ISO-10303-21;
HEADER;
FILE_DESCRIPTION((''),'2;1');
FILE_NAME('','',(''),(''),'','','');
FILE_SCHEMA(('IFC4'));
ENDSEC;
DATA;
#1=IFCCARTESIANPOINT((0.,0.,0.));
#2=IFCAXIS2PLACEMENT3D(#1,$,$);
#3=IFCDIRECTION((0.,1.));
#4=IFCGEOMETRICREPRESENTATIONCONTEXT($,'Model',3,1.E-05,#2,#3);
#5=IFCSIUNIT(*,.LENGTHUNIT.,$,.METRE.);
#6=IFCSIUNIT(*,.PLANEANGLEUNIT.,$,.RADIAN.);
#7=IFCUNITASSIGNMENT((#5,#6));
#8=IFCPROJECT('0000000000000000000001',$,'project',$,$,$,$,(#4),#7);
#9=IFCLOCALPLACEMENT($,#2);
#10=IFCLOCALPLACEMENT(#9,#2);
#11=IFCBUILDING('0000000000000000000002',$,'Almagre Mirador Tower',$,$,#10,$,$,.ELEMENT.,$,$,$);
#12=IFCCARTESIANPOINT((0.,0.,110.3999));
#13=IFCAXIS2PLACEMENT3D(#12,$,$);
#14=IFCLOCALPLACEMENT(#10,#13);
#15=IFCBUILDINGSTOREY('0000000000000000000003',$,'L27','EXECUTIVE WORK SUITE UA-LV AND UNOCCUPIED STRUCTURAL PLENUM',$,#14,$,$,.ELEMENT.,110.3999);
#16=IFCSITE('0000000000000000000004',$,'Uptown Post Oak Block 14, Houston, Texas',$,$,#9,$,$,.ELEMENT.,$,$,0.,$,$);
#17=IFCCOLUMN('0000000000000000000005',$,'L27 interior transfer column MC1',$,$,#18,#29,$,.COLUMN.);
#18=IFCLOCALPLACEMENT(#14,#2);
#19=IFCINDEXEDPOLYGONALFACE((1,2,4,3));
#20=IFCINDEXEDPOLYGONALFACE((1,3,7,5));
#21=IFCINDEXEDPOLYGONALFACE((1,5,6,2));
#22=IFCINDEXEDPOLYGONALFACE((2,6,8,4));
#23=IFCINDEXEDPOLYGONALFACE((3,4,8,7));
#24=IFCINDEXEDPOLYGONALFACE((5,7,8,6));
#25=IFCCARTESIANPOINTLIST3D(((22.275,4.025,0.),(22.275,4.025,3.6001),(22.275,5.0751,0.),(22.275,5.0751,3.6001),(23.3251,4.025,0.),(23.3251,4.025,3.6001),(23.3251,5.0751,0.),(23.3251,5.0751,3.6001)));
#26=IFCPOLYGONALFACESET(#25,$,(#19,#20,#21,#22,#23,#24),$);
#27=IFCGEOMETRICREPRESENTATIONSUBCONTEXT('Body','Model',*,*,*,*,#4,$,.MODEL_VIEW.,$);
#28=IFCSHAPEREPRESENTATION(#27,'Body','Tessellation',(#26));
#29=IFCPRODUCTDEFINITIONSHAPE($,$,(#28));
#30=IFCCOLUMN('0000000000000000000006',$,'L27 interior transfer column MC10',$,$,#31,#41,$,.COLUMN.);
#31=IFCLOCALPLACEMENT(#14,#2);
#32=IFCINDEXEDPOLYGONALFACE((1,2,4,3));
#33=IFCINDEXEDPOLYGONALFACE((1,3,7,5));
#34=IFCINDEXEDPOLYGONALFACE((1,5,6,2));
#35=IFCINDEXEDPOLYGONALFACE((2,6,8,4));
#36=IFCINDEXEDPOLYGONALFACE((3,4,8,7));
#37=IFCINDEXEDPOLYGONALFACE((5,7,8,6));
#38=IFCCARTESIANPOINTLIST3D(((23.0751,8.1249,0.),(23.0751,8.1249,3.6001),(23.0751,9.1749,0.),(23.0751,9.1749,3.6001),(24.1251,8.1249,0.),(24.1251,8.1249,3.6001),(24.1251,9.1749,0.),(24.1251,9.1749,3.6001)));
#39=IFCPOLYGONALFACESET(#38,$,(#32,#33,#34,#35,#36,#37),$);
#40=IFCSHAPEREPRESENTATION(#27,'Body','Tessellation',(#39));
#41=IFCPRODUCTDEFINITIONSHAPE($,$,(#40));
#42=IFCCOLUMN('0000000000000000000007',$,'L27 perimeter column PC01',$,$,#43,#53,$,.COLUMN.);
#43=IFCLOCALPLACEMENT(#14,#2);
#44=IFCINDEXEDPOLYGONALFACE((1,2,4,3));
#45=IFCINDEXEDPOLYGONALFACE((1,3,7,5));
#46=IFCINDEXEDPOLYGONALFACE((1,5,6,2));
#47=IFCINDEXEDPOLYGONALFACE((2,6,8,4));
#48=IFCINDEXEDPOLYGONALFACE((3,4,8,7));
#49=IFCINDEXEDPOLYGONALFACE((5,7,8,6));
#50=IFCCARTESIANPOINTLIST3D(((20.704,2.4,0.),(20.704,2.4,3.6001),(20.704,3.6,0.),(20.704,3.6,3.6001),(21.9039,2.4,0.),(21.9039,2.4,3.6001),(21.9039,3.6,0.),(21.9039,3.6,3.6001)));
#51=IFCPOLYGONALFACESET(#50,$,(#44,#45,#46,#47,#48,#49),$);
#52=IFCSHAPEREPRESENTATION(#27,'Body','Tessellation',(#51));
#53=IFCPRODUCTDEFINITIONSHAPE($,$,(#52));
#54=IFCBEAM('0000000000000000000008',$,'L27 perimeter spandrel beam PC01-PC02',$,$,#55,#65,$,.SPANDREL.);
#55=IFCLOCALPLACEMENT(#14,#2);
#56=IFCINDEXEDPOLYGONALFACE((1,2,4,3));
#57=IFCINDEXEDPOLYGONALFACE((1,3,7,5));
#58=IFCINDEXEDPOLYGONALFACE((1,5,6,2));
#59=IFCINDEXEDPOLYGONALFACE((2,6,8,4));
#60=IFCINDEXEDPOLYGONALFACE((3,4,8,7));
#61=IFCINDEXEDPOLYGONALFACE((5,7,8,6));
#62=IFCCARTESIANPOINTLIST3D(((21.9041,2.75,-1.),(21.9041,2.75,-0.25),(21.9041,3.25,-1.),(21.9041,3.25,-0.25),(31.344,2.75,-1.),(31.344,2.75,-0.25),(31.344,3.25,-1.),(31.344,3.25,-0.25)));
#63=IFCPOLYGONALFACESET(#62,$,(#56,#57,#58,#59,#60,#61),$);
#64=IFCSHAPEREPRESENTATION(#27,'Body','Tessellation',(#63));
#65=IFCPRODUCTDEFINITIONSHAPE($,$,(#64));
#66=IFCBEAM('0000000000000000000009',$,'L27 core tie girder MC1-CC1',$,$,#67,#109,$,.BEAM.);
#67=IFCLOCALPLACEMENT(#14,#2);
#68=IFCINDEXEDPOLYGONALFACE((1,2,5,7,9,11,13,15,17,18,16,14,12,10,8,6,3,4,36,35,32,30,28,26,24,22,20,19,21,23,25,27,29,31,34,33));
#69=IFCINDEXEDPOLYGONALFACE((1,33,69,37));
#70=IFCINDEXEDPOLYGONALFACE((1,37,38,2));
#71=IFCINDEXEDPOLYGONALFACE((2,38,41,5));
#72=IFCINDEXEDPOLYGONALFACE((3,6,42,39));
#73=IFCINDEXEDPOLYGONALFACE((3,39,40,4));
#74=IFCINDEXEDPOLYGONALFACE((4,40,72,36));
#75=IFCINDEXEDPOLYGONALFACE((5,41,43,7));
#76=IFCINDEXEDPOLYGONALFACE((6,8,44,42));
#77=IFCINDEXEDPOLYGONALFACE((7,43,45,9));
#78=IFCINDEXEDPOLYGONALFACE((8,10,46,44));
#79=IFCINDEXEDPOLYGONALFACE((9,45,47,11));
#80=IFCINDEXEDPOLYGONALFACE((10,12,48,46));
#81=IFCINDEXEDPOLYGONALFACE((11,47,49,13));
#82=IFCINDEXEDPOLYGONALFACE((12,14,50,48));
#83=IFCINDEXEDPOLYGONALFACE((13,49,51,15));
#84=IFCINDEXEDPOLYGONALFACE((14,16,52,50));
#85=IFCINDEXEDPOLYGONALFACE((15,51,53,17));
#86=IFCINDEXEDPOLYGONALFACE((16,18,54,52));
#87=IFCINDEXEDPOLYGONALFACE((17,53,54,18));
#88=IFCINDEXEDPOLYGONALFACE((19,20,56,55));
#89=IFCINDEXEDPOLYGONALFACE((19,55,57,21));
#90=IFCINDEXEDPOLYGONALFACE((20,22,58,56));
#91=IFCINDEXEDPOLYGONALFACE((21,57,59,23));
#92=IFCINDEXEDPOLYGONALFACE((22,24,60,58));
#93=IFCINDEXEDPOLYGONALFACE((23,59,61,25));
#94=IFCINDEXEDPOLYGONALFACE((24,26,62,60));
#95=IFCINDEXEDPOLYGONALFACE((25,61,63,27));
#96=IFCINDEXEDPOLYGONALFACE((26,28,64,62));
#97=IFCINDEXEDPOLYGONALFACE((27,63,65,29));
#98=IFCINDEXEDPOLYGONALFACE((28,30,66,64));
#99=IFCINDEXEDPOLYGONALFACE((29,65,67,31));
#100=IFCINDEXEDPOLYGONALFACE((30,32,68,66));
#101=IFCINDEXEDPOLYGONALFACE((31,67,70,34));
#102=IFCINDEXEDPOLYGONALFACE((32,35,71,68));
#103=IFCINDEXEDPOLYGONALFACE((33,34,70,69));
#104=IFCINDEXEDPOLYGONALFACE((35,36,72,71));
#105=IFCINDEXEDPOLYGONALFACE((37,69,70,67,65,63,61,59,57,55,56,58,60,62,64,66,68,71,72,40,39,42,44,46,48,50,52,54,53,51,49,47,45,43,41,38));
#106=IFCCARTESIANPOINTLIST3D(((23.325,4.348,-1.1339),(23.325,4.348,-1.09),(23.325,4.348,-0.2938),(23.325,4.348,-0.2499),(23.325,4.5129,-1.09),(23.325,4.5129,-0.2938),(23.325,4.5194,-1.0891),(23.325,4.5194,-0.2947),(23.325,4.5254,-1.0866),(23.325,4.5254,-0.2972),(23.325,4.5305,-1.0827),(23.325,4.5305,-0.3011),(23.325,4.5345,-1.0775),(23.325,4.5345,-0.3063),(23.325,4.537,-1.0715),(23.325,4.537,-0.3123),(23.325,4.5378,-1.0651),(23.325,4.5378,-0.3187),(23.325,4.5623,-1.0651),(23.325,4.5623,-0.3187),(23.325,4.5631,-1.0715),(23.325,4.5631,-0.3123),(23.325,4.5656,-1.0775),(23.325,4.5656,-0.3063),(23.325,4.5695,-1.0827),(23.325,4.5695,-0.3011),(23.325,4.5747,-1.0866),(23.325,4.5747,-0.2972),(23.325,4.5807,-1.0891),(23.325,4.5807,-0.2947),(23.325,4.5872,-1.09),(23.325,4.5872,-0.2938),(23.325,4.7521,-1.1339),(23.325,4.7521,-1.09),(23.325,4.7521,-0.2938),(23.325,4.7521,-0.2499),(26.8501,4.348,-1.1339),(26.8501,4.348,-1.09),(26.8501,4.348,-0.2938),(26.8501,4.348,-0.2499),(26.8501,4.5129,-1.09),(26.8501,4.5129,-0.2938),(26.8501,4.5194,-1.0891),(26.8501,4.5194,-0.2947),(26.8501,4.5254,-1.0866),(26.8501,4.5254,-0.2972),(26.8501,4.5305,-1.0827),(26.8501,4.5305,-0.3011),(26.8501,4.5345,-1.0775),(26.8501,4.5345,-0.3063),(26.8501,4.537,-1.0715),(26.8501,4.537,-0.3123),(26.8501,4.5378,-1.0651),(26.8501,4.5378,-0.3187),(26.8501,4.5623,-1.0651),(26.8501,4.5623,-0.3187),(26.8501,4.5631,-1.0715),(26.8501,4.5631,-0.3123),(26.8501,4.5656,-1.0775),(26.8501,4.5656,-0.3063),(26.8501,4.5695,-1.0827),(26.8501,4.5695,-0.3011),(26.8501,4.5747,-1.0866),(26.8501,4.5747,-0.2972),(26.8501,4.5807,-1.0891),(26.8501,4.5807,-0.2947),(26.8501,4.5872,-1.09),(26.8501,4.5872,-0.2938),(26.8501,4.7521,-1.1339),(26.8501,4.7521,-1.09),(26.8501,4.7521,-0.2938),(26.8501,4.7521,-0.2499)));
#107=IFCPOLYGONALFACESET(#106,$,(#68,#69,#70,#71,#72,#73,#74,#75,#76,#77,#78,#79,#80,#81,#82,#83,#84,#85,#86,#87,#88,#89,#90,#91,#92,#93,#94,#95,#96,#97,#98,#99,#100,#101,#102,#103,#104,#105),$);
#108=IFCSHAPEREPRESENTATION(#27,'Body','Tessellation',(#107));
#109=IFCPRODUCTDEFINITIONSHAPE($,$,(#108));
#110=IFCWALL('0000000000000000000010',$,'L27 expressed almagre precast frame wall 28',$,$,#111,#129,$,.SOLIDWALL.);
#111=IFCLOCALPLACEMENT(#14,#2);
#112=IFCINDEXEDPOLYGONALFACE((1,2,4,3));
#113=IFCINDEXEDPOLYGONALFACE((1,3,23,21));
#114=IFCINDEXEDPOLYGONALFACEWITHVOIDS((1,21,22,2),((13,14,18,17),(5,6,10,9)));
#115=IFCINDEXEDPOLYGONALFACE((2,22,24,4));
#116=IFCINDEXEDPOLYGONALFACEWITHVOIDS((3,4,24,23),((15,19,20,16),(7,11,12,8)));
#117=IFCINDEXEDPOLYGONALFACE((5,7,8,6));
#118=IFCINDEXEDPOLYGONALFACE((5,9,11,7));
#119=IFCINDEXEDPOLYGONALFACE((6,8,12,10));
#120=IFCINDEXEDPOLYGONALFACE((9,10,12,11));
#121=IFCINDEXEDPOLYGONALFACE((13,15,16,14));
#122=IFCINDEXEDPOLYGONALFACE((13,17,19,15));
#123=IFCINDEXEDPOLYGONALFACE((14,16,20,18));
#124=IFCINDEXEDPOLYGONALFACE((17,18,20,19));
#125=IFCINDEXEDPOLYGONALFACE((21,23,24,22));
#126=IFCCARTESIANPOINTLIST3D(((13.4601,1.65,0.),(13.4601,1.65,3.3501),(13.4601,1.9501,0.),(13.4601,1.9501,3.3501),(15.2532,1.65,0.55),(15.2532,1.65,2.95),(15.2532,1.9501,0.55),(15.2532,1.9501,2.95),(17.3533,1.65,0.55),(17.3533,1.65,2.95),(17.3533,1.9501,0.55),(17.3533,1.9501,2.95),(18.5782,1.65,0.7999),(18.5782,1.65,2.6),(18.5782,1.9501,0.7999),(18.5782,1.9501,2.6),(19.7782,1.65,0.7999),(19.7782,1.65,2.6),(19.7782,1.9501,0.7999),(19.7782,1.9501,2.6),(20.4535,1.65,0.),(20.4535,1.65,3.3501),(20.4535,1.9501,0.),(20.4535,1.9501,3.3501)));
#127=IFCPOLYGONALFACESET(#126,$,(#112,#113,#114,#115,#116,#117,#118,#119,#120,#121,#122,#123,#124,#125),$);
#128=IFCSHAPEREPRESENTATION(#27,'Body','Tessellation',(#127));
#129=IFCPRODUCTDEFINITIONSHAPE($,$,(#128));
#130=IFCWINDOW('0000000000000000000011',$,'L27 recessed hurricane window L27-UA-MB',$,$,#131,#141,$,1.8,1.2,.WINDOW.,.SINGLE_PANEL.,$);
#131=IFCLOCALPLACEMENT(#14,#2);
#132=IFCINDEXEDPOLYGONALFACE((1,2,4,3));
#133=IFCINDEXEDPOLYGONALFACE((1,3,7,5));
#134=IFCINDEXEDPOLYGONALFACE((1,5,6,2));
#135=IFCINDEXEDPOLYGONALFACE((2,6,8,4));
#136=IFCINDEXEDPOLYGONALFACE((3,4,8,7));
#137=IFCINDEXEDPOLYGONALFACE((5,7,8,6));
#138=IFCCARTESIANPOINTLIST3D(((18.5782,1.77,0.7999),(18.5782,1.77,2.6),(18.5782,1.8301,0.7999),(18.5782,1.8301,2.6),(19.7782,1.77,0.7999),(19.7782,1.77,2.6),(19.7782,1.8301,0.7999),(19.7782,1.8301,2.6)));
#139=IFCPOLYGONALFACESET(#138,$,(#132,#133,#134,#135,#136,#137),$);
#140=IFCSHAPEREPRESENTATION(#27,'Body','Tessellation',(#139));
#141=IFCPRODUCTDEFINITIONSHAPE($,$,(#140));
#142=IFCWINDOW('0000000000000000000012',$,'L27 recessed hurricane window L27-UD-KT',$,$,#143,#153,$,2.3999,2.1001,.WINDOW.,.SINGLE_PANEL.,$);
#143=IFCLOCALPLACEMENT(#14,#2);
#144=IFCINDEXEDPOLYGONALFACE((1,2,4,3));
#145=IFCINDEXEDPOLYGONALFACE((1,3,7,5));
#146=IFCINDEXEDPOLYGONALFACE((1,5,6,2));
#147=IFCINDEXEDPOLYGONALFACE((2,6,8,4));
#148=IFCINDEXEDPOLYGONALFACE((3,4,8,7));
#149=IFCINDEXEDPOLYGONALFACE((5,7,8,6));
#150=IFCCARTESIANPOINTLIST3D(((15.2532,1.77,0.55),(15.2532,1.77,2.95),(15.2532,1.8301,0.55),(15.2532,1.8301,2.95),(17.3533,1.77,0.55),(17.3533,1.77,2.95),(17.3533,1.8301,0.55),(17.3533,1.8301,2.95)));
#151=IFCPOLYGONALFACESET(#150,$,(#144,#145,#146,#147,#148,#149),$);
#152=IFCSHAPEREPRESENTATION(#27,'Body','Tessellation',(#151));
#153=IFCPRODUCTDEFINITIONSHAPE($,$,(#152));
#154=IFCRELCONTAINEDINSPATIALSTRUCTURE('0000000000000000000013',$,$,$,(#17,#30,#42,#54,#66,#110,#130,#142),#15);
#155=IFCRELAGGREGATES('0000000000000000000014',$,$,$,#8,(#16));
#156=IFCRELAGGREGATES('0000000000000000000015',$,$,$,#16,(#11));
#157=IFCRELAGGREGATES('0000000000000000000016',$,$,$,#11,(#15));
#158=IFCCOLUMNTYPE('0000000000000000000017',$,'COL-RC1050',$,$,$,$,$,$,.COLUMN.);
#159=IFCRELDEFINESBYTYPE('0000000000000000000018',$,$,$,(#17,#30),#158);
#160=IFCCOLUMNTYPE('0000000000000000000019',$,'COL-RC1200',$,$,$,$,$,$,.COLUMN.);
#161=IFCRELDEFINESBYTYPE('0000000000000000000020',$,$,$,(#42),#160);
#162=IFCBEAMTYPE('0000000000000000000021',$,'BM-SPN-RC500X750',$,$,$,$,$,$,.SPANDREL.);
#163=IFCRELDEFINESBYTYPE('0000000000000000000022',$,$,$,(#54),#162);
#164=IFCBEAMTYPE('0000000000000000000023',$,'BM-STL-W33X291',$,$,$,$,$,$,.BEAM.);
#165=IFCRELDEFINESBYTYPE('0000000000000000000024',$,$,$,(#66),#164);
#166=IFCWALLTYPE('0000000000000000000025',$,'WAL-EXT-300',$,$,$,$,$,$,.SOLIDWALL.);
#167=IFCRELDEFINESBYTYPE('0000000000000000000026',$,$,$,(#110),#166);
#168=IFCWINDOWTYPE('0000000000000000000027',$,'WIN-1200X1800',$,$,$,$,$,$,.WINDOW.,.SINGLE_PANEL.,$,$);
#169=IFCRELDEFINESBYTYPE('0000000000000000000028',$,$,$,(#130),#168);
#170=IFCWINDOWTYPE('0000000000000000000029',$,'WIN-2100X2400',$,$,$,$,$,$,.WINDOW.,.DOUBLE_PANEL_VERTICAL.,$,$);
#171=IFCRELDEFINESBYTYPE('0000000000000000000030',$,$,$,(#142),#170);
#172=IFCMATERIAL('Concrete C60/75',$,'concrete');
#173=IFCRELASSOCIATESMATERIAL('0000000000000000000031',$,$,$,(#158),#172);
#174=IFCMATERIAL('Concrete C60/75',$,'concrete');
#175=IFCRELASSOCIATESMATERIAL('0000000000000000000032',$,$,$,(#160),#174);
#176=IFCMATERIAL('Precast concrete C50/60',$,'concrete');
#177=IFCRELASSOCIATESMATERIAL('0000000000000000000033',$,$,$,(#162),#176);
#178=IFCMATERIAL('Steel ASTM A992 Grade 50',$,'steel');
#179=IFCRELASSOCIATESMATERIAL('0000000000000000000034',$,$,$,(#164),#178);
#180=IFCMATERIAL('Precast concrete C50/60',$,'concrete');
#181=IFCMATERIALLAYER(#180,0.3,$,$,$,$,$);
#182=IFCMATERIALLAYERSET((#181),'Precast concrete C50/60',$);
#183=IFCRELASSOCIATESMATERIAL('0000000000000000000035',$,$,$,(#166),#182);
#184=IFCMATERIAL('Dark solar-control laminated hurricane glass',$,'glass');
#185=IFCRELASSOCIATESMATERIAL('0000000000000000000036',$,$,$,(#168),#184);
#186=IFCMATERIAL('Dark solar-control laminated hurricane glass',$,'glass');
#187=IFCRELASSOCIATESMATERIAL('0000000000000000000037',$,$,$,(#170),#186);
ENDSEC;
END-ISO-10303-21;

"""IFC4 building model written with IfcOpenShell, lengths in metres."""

from ifc_helpers import new_model, si_unit, direction, frame, frame_2d, origin, origin_2d, place, context, subcontext, project, spatial, rectangle, i_section, extrude, material, layer, layer_set, material_profile, profile_set, type_object, element, fill, save


model = new_model("IFC4")

# Units and contexts
model_context = context("Model", 3, precision=1e-05, world=origin(), true_north=direction((0.0, 1.0)))
body_context = subcontext(model_context, "Body", "Model", "MODEL_VIEW")
ifc_project = project(units=[si_unit("LENGTHUNIT", "METRE"), si_unit("PLANEANGLEUNIT", "RADIAN")], contexts=[model_context])

# Site, building, storey
site_placement = place(None, origin())
site = spatial("IfcSite", under=ifc_project, at=site_placement, Name="Uptown Post Oak Block 14, Houston, Texas", CompositionType="ELEMENT", RefElevation=0.0)
building_placement = place(site_placement, origin())
building = spatial("IfcBuilding", under=site, at=building_placement, Name="Almagre Mirador Tower", CompositionType="ELEMENT")
storey_placement = place(building_placement, frame((0.0, 0.0, 110.3999)))
storey = spatial("IfcBuildingStorey", under=building, at=storey_placement, Name="L27", Description="EXECUTIVE WORK SUITE UA-LV AND UNOCCUPIED STRUCTURAL PLENUM", CompositionType="ELEMENT", Elevation=110.3999)

# Columns
ifc_material_1 = material(Name="Concrete C60/75", Category="concrete")
ifc_material_profile_1 = material_profile(ifc_material_1, rectangle(XDim=1.05, YDim=1.05, at=origin_2d()), Name="RC1050X1050")
ifc_profile_set_1 = profile_set([ifc_material_profile_1], Name="Concrete C60/75")
column_type_1 = type_object("IfcColumnType", Name="COL-RC1050", PredefinedType="COLUMN", material=ifc_profile_set_1)
for number, where, z_axis, x_axis, name in (
    (1, (22.8, 4.55, 0.0), (0.0, 0.0, 1.0), (1.0, 0.0, 0.0), "L27 interior transfer column MC1"),
    (2, (23.6001, 8.6499, 0.0), (0.0, 0.0, 1.0), (1.0, 0.0, 0.0), "L27 interior transfer column MC10"),
):
    element("IfcColumn", number, at=place(storey_placement, frame(where, z_axis=z_axis, x_axis=x_axis)), inside=storey, type_object=column_type_1, Name=name, PredefinedType="COLUMN", context=body_context, shape_type="SweptSolid", body=[
        extrude(rectangle(XDim=1.05, YDim=1.05, at=origin_2d()), origin(), (0.0, 0.0, 1.0), 3.6001),
    ])
ifc_material_2 = material(Name="Concrete C60/75", Category="concrete")
ifc_material_profile_2 = material_profile(ifc_material_2, rectangle(XDim=1.2, YDim=1.2, at=origin_2d()), Name="RC1200X1200")
ifc_profile_set_2 = profile_set([ifc_material_profile_2], Name="Concrete C60/75")
column_type_2 = type_object("IfcColumnType", Name="COL-RC1200", PredefinedType="COLUMN", material=ifc_profile_set_2)
column_placement = place(storey_placement, frame((21.304, 3.0, 0.0), z_axis=(0.0, 0.0, 1.0), x_axis=(1.0, 0.0, 0.0)))
element("IfcColumn", 3, at=column_placement, inside=storey, type_object=column_type_2, Name="L27 perimeter column PC01", PredefinedType="COLUMN", context=body_context, shape_type="SweptSolid", body=[
    extrude(rectangle(XDim=1.2, YDim=1.2, at=origin_2d()), origin(), (0.0, 0.0, 1.0), 3.6001),
])

# Beams
ifc_material_3 = material(Name="Precast concrete C50/60", Category="concrete")
ifc_material_profile_3 = material_profile(ifc_material_3, rectangle(XDim=0.5, YDim=0.75, at=origin_2d()), Name="RC500X750")
ifc_profile_set_3 = profile_set([ifc_material_profile_3], Name="Precast concrete C50/60")
beam_type_1 = type_object("IfcBeamType", Name="BM-SPN-RC500X750", PredefinedType="SPANDREL", material=ifc_profile_set_3)
beam_1_placement = place(storey_placement, frame((21.9041, 3.0, -0.625), z_axis=(1.0, 0.0, 0.0), x_axis=(0.0, 1.0, 0.0)))
element("IfcBeam", 4, at=beam_1_placement, inside=storey, type_object=beam_type_1, Name="L27 perimeter spandrel beam PC01-PC02", PredefinedType="SPANDREL", context=body_context, shape_type="SweptSolid", body=[
    extrude(rectangle(XDim=0.5, YDim=0.75, at=origin_2d()), origin(), (0.0, 0.0, 1.0), 9.4399),
])
ifc_material_4 = material(Name="Steel ASTM A992 Grade 50", Category="steel")
ifc_material_profile_4 = material_profile(ifc_material_4, i_section(OverallWidth=0.4041, OverallDepth=0.884, WebThickness=0.0244, FlangeThickness=0.0439, FilletRadius=0.0249, at=origin_2d()), Name="W33X291")
ifc_profile_set_4 = profile_set([ifc_material_profile_4], Name="Steel ASTM A992 Grade 50")
beam_type_2 = type_object("IfcBeamType", Name="BM-STL-W33X291", PredefinedType="BEAM", material=ifc_profile_set_4)
beam_2_placement = place(storey_placement, frame((23.325, 4.55, -0.6919), z_axis=(1.0, 0.0, 0.0), x_axis=(0.0, 1.0, 0.0)))
element("IfcBeam", 5, at=beam_2_placement, inside=storey, type_object=beam_type_2, Name="L27 core tie girder MC1-CC1", PredefinedType="BEAM", context=body_context, shape_type="SweptSolid", body=[
    extrude(i_section(OverallWidth=0.4041, OverallDepth=0.884, WebThickness=0.0244, FlangeThickness=0.0439, FilletRadius=0.0249, at=origin_2d()), origin(), (0.0, 0.0, 1.0), 3.5251),
])

# Wall, openings, windows
ifc_material_5 = material(Name="Precast concrete C50/60", Category="concrete")
ifc_layer_1 = layer(ifc_material_5, 0.3)
ifc_layer_set_1 = layer_set([ifc_layer_1], Name="Precast concrete C50/60")
wall_type_1 = type_object("IfcWallType", Name="WAL-EXT-300", PredefinedType="SOLIDWALL", material=ifc_layer_set_1)
wall_1_placement = place(storey_placement, frame((20.4534, 1.8, 0.0), z_axis=(0.0, 0.0, 1.0), x_axis=(-1.0, 0.0, 0.0)))
wall_1 = element("IfcWall", 6, at=wall_1_placement, inside=storey, type_object=wall_type_1, Name="L27 expressed almagre precast frame wall 28", PredefinedType="SOLIDWALL", context=body_context, shape_type="SweptSolid", body=[
    extrude(rectangle(XDim=6.9934, YDim=0.3, at=frame_2d((3.4966, 0.0))), origin(), (0.0, 0.0, 1.0), 3.3501),
])
opening_1_placement = place(wall_1_placement, frame((0.675, 0.0, 0.8)))
opening_1 = element("IfcOpeningElement", 7, at=opening_1_placement, cuts=wall_1, PredefinedType="OPENING", context=body_context, shape_type="SweptSolid", body=[
    extrude(rectangle(XDim=1.2, YDim=1.8, at=frame_2d((0.6001, 0.8999))), frame((0.0, 0.1599, 0.0), z_axis=(0.0, -1.0, 0.0), x_axis=(1.0, 0.0, 0.0)), (0.0, 0.0, 1.0), 0.32),
])
opening_2_placement = place(wall_1_placement, frame((3.1001, 0.0, 0.55)))
opening_2 = element("IfcOpeningElement", 8, at=opening_2_placement, cuts=wall_1, PredefinedType="OPENING", context=body_context, shape_type="SweptSolid", body=[
    extrude(rectangle(XDim=2.1001, YDim=2.3999, at=frame_2d((1.05, 1.2))), frame((0.0, 0.1599, 0.0), z_axis=(0.0, -1.0, 0.0), x_axis=(1.0, 0.0, 0.0)), (0.0, 0.0, 1.0), 0.32),
])
ifc_material_6 = material(Name="Dark solar-control laminated hurricane glass", Category="glass")
window_type_1 = type_object("IfcWindowType", Name="WIN-1200X1800", PartitioningType="SINGLE_PANEL", PredefinedType="WINDOW", material=ifc_material_6)
window_1_placement = place(opening_1_placement, origin())
window_1 = element("IfcWindow", 9, at=window_1_placement, inside=storey, type_object=window_type_1, Name="L27 recessed hurricane window L27-UA-MB", OverallHeight=1.8, OverallWidth=1.2, PartitioningType="SINGLE_PANEL", PredefinedType="WINDOW", context=body_context, shape_type="SweptSolid", body=[
    extrude(rectangle(XDim=1.2, YDim=1.8, at=frame_2d((0.6001, 0.8999))), frame((0.0, 0.03, 0.0), z_axis=(0.0, -1.0, 0.0), x_axis=(1.0, 0.0, 0.0)), (0.0, 0.0, 1.0), 0.0601),
])
fill(opening_1, window_1)
ifc_material_7 = material(Name="Dark solar-control laminated hurricane glass", Category="glass")
window_type_2 = type_object("IfcWindowType", Name="WIN-2100X2400", PartitioningType="DOUBLE_PANEL_VERTICAL", PredefinedType="WINDOW", material=ifc_material_7)
window_2_placement = place(opening_2_placement, origin())
window_2 = element("IfcWindow", 10, at=window_2_placement, inside=storey, type_object=window_type_2, Name="L27 recessed hurricane window L27-UD-KT", OverallHeight=2.3999, OverallWidth=2.1001, PartitioningType="SINGLE_PANEL", PredefinedType="WINDOW", context=body_context, shape_type="SweptSolid", body=[
    extrude(rectangle(XDim=2.1001, YDim=2.3999, at=frame_2d((1.05, 1.2))), frame((0.0, 0.03, 0.0), z_axis=(0.0, -1.0, 0.0), x_axis=(1.0, 0.0, 0.0)), (0.0, 0.0, 1.0), 0.0601),
])
fill(opening_2, window_2)

save(model, "model.ifc")
